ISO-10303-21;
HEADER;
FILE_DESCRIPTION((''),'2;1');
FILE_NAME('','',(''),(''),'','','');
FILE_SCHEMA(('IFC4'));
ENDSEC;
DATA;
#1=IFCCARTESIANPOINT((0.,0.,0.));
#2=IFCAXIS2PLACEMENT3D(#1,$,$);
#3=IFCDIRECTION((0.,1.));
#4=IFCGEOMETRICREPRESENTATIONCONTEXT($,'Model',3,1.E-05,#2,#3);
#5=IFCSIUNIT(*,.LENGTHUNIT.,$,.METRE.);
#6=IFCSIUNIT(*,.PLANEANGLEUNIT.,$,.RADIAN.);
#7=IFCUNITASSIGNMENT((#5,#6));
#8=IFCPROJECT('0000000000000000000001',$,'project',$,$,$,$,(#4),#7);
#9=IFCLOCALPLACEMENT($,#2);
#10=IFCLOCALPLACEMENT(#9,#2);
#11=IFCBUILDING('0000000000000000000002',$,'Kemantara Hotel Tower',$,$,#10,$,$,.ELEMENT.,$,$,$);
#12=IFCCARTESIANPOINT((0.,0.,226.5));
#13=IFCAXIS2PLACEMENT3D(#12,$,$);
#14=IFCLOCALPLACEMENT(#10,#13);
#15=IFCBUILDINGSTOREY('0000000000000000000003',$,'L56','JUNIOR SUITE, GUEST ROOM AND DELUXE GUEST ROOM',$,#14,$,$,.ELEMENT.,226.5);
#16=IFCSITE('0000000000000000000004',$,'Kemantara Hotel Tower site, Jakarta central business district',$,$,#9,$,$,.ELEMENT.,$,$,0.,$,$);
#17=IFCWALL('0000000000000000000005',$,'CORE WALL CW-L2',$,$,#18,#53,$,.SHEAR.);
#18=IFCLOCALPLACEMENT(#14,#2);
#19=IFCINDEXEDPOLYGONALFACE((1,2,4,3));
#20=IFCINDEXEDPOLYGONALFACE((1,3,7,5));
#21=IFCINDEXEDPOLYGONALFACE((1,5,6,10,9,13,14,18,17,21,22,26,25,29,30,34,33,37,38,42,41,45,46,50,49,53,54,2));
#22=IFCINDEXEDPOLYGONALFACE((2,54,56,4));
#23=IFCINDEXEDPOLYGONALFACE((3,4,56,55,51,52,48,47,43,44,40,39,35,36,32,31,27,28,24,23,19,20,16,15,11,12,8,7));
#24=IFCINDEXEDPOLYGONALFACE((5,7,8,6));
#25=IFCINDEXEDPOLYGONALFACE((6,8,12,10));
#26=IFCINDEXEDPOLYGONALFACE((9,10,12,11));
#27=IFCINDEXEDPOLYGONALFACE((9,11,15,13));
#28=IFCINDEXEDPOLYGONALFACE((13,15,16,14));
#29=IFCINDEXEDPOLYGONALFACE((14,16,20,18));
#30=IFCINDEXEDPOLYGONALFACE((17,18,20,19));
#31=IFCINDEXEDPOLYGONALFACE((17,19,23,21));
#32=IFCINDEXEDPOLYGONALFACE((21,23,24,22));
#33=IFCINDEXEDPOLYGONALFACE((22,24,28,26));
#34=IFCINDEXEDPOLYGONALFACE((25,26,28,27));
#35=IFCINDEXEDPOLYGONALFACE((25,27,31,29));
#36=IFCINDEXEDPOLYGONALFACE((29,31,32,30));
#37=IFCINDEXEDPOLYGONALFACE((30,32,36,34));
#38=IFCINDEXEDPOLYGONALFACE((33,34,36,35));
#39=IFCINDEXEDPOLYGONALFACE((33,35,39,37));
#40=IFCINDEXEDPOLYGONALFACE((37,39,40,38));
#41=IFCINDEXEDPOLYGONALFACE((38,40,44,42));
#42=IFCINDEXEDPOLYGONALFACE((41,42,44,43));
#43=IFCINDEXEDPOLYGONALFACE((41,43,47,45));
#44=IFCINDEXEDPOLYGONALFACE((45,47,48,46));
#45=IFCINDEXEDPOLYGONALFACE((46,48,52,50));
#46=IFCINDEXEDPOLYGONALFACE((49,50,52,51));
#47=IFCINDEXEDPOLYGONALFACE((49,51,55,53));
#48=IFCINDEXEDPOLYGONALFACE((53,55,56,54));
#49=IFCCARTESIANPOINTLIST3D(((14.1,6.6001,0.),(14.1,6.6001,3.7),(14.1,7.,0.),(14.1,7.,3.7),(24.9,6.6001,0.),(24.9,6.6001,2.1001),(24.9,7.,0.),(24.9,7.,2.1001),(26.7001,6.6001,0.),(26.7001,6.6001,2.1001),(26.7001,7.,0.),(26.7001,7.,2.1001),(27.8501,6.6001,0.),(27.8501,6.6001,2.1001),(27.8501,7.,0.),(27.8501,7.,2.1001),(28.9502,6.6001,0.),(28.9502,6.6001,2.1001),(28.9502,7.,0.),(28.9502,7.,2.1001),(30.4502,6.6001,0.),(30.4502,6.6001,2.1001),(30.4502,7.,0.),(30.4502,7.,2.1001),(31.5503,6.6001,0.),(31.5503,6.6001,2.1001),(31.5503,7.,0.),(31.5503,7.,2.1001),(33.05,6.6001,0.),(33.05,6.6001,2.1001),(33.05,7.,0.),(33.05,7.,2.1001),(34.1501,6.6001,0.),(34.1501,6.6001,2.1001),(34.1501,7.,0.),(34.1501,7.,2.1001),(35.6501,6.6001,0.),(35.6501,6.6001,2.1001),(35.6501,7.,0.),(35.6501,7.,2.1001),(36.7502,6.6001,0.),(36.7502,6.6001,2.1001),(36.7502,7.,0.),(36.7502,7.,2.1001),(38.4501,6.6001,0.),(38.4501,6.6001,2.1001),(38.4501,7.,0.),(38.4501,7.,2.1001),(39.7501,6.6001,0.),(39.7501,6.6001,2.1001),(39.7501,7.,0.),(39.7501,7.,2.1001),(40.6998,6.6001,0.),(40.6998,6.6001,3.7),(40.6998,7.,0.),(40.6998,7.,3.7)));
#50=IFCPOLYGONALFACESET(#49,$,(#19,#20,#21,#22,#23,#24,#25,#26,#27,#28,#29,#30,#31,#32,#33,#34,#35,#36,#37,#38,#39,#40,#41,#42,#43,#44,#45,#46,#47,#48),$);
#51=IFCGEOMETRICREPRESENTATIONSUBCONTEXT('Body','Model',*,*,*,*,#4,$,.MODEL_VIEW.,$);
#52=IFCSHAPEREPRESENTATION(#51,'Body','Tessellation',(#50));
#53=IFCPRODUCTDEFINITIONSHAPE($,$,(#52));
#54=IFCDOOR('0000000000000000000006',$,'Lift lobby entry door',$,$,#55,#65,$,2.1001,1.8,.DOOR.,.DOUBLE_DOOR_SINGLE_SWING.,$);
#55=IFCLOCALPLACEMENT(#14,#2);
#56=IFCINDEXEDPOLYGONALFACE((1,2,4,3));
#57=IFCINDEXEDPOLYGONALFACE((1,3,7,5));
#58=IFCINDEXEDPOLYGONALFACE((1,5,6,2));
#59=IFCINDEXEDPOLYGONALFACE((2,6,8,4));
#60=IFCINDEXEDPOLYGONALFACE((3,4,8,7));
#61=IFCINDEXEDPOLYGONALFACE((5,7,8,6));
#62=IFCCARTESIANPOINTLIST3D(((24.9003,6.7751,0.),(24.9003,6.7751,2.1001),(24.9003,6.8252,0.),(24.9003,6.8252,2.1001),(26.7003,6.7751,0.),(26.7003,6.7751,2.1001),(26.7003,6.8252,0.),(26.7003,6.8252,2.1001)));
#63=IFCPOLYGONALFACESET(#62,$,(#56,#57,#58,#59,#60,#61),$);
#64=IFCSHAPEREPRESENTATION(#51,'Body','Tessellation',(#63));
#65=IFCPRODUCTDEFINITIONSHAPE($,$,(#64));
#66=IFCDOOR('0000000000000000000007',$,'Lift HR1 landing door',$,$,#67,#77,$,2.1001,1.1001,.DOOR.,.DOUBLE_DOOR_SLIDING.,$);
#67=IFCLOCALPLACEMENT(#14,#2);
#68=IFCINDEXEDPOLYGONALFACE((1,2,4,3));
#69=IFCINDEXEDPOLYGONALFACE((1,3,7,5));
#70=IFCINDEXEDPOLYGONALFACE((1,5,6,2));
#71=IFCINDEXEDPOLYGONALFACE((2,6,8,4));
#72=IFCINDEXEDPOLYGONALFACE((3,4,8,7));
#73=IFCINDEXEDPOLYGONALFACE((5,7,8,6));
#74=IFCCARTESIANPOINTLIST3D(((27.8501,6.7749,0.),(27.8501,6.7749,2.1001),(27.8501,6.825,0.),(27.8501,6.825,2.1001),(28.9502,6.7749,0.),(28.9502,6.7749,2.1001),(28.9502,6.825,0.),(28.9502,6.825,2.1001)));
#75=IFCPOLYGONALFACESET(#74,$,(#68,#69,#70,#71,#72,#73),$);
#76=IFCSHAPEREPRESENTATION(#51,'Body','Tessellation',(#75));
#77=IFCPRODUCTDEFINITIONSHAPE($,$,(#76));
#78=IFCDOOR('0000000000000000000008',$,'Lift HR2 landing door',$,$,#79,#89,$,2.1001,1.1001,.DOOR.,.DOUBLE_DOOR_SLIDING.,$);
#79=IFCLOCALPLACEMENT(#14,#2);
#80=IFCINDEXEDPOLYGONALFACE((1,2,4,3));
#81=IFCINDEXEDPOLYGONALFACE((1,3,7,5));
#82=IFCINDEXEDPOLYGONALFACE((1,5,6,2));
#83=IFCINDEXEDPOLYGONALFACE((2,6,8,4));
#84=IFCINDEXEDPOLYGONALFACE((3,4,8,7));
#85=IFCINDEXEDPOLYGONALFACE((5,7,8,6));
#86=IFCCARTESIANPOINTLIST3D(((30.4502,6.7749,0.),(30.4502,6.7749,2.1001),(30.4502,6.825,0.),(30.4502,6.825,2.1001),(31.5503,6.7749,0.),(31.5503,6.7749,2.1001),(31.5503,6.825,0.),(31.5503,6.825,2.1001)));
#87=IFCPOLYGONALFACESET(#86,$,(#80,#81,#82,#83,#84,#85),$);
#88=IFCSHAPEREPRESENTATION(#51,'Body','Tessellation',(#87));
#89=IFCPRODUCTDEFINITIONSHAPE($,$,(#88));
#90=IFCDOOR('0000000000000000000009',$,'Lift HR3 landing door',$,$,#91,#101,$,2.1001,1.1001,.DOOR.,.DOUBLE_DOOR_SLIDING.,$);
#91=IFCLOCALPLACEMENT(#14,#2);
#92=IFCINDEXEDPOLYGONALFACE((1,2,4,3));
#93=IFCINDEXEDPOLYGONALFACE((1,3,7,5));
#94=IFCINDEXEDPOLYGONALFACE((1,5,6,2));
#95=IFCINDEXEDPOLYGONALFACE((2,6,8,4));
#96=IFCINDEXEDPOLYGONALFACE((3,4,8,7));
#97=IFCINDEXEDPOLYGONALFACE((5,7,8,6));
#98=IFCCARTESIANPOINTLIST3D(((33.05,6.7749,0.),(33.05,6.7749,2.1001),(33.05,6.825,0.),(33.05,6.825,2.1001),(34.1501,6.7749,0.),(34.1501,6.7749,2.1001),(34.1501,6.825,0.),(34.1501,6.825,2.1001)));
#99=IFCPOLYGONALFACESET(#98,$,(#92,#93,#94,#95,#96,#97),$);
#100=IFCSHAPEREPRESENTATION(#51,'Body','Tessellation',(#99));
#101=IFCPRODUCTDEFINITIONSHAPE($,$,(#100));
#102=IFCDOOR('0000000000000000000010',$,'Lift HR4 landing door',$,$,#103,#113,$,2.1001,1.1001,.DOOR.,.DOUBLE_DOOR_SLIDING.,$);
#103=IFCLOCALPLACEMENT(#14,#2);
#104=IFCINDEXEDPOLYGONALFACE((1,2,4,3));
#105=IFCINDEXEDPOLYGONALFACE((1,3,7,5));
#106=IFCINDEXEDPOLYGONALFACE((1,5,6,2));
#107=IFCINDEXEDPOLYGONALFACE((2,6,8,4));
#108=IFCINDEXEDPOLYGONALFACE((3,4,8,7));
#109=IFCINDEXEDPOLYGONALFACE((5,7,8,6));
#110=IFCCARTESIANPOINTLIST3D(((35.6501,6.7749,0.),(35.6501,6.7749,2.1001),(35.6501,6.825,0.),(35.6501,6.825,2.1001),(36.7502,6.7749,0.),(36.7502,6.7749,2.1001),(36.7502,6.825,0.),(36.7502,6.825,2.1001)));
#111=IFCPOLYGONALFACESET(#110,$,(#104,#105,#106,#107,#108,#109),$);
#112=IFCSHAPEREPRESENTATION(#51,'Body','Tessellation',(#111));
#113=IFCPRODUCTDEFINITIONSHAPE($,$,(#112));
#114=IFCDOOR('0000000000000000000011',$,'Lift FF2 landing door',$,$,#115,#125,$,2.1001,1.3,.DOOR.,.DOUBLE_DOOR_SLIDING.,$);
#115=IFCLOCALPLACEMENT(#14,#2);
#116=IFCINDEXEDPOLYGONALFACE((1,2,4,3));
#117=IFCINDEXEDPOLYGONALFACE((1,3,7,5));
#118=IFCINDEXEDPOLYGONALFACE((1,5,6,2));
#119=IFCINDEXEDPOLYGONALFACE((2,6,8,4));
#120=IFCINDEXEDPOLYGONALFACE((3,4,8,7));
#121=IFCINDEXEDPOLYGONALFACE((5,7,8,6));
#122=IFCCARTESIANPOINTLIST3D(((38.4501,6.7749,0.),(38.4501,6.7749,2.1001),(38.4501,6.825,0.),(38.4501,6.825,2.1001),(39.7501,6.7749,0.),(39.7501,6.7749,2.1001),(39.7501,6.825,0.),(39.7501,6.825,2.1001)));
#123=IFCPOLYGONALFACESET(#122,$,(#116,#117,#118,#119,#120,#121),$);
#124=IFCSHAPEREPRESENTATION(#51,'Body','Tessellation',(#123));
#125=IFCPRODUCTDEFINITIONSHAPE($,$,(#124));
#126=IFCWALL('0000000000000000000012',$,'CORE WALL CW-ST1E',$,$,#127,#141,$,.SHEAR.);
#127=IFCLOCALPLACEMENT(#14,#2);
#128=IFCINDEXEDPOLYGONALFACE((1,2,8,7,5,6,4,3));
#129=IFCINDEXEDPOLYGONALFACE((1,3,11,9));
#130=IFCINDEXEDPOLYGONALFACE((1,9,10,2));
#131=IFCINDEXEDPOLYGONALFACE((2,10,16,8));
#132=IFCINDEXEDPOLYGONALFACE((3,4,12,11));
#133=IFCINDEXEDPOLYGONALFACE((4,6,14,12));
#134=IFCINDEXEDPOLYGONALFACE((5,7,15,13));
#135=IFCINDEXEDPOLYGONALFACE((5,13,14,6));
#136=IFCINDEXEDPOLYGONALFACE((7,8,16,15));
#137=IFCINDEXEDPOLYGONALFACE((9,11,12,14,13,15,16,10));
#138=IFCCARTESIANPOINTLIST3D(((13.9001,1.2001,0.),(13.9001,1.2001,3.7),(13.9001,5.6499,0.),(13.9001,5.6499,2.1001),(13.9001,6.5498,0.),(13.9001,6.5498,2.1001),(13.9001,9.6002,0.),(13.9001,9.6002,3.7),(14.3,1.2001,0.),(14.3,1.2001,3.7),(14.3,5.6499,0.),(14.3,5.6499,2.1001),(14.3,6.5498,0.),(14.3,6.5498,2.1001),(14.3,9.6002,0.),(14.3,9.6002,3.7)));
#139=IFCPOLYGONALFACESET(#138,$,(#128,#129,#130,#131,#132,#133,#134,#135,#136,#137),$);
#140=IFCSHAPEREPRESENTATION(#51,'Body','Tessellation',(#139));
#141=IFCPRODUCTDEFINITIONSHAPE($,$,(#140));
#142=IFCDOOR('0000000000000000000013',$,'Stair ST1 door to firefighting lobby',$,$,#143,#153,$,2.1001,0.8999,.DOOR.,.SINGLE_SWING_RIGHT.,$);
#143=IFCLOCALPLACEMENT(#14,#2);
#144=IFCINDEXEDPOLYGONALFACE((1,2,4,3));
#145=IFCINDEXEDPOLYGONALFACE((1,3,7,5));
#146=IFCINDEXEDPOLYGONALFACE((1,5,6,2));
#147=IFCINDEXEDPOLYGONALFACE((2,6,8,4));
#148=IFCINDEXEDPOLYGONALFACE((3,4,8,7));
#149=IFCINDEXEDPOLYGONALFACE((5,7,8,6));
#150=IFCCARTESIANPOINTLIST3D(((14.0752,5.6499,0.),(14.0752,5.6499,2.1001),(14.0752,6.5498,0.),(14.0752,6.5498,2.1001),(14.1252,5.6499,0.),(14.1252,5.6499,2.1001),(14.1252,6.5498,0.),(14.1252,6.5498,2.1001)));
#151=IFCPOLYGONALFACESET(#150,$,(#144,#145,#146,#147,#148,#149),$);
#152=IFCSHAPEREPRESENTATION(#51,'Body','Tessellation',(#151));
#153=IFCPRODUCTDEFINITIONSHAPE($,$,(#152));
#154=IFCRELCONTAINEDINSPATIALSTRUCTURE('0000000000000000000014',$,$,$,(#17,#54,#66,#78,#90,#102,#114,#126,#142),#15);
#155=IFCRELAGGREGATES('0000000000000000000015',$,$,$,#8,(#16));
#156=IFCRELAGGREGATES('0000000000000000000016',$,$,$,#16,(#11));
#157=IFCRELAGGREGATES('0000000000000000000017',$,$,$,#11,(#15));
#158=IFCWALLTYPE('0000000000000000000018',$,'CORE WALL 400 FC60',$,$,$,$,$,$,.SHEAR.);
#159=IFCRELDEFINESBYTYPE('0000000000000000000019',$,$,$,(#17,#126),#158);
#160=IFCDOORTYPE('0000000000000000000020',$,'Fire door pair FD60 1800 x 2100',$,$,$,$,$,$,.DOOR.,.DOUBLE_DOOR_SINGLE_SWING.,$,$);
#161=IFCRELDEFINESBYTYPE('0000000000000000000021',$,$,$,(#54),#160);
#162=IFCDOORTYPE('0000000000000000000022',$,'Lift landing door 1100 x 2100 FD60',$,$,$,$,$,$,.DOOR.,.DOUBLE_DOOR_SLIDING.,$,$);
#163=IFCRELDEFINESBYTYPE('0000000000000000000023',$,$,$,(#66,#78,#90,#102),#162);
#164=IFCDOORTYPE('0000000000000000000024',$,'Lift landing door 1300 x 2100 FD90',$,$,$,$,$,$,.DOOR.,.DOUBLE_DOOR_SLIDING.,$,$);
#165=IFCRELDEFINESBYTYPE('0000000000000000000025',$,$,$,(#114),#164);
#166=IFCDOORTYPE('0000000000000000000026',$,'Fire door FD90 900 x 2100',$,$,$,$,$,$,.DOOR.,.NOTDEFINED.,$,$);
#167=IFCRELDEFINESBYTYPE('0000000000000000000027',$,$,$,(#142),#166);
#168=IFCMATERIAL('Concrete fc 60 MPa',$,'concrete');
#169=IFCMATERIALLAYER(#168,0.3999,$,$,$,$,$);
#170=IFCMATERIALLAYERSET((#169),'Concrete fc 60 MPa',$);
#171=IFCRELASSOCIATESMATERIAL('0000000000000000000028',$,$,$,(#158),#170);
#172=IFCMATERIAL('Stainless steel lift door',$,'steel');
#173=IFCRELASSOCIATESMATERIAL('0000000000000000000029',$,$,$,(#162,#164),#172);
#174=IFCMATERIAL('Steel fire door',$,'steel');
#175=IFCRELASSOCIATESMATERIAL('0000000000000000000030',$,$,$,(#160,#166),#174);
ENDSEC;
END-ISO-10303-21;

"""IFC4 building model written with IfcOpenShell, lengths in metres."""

from ifc_helpers import new_model, si_unit, direction, frame, frame_2d, origin, place, context, subcontext, project, spatial, rectangle, extrude, material, layer, layer_set, type_object, element, fill, save


model = new_model("IFC4")

# Units and contexts
model_context = context("Model", 3, precision=1e-05, world=origin(), true_north=direction((0.0, 1.0)))
body_context = subcontext(model_context, "Body", "Model", "MODEL_VIEW")
ifc_project = project(units=[si_unit("LENGTHUNIT", "METRE"), si_unit("PLANEANGLEUNIT", "RADIAN")], contexts=[model_context])

# Site, building, storey
site_placement = place(None, origin())
site = spatial("IfcSite", under=ifc_project, at=site_placement, Name="Kemantara Hotel Tower site, Jakarta central business district", CompositionType="ELEMENT", RefElevation=0.0)
building_placement = place(site_placement, origin())
building = spatial("IfcBuilding", under=site, at=building_placement, Name="Kemantara Hotel Tower", CompositionType="ELEMENT")
storey_placement = place(building_placement, frame((0.0, 0.0, 226.5)))
storey = spatial("IfcBuildingStorey", under=building, at=storey_placement, Name="L56", Description="JUNIOR SUITE, GUEST ROOM AND DELUXE GUEST ROOM", CompositionType="ELEMENT", Elevation=226.5)

# Shared definitions
ifc_material_1 = material(Name="Concrete fc 60 MPa", Category="concrete")

# Wall, openings, doors
ifc_layer_1 = layer(ifc_material_1, 0.3999)
ifc_layer_set_1 = layer_set([ifc_layer_1], Name="Concrete fc 60 MPa")
wall_type_1 = type_object("IfcWallType", Name="CORE WALL 400 FC60", PredefinedType="SHEAR", material=ifc_layer_set_1)
ifc_material_2 = material(Name="Steel fire door", Category="steel")
ifc_material_3 = material(Name="Stainless steel lift door", Category="steel")
door_type_1 = type_object("IfcDoorType", Name="Lift landing door 1100 x 2100 FD60", OperationType="DOUBLE_DOOR_SLIDING", PredefinedType="DOOR", material=ifc_material_3)
door_type_2 = type_object("IfcDoorType", Name="Lift landing door 1300 x 2100 FD90", OperationType="DOUBLE_DOOR_SLIDING", PredefinedType="DOOR", material=ifc_material_3)
wall_1_placement = place(storey_placement, frame((14.1001, 6.8, 0.0), z_axis=(0.0, 0.0, 1.0), x_axis=(1.0, 0.0, 0.0)))
wall_1 = element("IfcWall", 1, at=wall_1_placement, inside=storey, type_object=wall_type_1, Name="CORE WALL CW-L2", PredefinedType="SHEAR", context=body_context, shape_type="SweptSolid", body=[
    extrude(rectangle(XDim=26.5999, YDim=0.3999, at=frame_2d((13.2998, 0.0))), origin(), (0.0, 0.0, 1.0), 3.7),
])
opening_1_placement = place(wall_1_placement, frame((10.8, 0.0, 0.0)))
opening_1 = element("IfcOpeningElement", 2, at=opening_1_placement, cuts=wall_1, PredefinedType="OPENING", context=body_context, shape_type="SweptSolid", body=[
    extrude(rectangle(XDim=1.8, YDim=2.1001, at=frame_2d((0.8999, 1.05))), frame((0.0, 0.21, 0.0), z_axis=(0.0, -1.0, 0.0), x_axis=(1.0, 0.0, 0.0)), (0.0, 0.0, 1.0), 0.4199),
])
opening_2_placement = place(wall_1_placement, frame((13.75, 0.0, 0.0)))
opening_2 = element("IfcOpeningElement", 3, at=opening_2_placement, cuts=wall_1, PredefinedType="OPENING", context=body_context, shape_type="SweptSolid", body=[
    extrude(rectangle(XDim=1.1001, YDim=2.1001, at=frame_2d((0.55, 1.05))), frame((0.0, 0.21, 0.0), z_axis=(0.0, -1.0, 0.0), x_axis=(1.0, 0.0, 0.0)), (0.0, 0.0, 1.0), 0.4199),
])
opening_3_placement = place(wall_1_placement, frame((16.3501, 0.0, 0.0)))
opening_3 = element("IfcOpeningElement", 4, at=opening_3_placement, cuts=wall_1, PredefinedType="OPENING", context=body_context, shape_type="SweptSolid", body=[
    extrude(rectangle(XDim=1.1001, YDim=2.1001, at=frame_2d((0.55, 1.05))), frame((0.0, 0.21, 0.0), z_axis=(0.0, -1.0, 0.0), x_axis=(1.0, 0.0, 0.0)), (0.0, 0.0, 1.0), 0.4199),
])
opening_4_placement = place(wall_1_placement, frame((18.95, 0.0, 0.0)))
opening_4 = element("IfcOpeningElement", 5, at=opening_4_placement, cuts=wall_1, PredefinedType="OPENING", context=body_context, shape_type="SweptSolid", body=[
    extrude(rectangle(XDim=1.1001, YDim=2.1001, at=frame_2d((0.55, 1.05))), frame((0.0, 0.21, 0.0), z_axis=(0.0, -1.0, 0.0), x_axis=(1.0, 0.0, 0.0)), (0.0, 0.0, 1.0), 0.4199),
])
opening_5_placement = place(wall_1_placement, frame((21.55, 0.0, 0.0)))
opening_5 = element("IfcOpeningElement", 6, at=opening_5_placement, cuts=wall_1, PredefinedType="OPENING", context=body_context, shape_type="SweptSolid", body=[
    extrude(rectangle(XDim=1.1001, YDim=2.1001, at=frame_2d((0.55, 1.05))), frame((0.0, 0.21, 0.0), z_axis=(0.0, -1.0, 0.0), x_axis=(1.0, 0.0, 0.0)), (0.0, 0.0, 1.0), 0.4199),
])
opening_6_placement = place(wall_1_placement, frame((24.3501, 0.0, 0.0)))
opening_6 = element("IfcOpeningElement", 7, at=opening_6_placement, cuts=wall_1, PredefinedType="OPENING", context=body_context, shape_type="SweptSolid", body=[
    extrude(rectangle(XDim=1.3, YDim=2.1001, at=frame_2d((0.6499, 1.05))), frame((0.0, 0.21, 0.0), z_axis=(0.0, -1.0, 0.0), x_axis=(1.0, 0.0, 0.0)), (0.0, 0.0, 1.0), 0.4199),
])
door_type_3 = type_object("IfcDoorType", Name="Fire door pair FD60 1800 x 2100", OperationType="DOUBLE_DOOR_SINGLE_SWING", PredefinedType="DOOR", material=ifc_material_2)
door_1_placement = place(opening_1_placement, frame((1.8, 0.0, 0.0), z_axis=(0.0, 0.0, 1.0), x_axis=(-1.0, 0.0, 0.0)))
door_1 = element("IfcDoor", 8, at=door_1_placement, inside=storey, type_object=door_type_3, Name="Lift lobby entry door", OperationType="DOUBLE_DOOR_SINGLE_SWING", OverallHeight=2.1001, OverallWidth=1.8, PredefinedType="DOOR", context=body_context, shape_type="SweptSolid", body=[
    extrude(rectangle(XDim=1.8, YDim=2.1001, at=frame_2d((0.8999, 1.05))), frame((0.0, 0.0249, 0.0), z_axis=(0.0, -1.0, 0.0), x_axis=(1.0, 0.0, 0.0)), (0.0, 0.0, 1.0), 0.05),
])
fill(opening_1, door_1)
door_2_placement = place(opening_2_placement, origin())
door_2 = element("IfcDoor", 9, at=door_2_placement, inside=storey, type_object=door_type_1, Name="Lift HR1 landing door", OperationType="DOUBLE_DOOR_SLIDING", OverallHeight=2.1001, OverallWidth=1.1001, PredefinedType="DOOR", context=body_context, shape_type="SweptSolid", body=[
    extrude(rectangle(XDim=1.1001, YDim=2.1001, at=frame_2d((0.55, 1.05))), frame((0.0, 0.0249, 0.0), z_axis=(0.0, -1.0, 0.0), x_axis=(1.0, 0.0, 0.0)), (0.0, 0.0, 1.0), 0.05),
])
fill(opening_2, door_2)
door_3_placement = place(opening_3_placement, origin())
door_3 = element("IfcDoor", 10, at=door_3_placement, inside=storey, type_object=door_type_1, Name="Lift HR2 landing door", OperationType="DOUBLE_DOOR_SLIDING", OverallHeight=2.1001, OverallWidth=1.1001, PredefinedType="DOOR", context=body_context, shape_type="SweptSolid", body=[
    extrude(rectangle(XDim=1.1001, YDim=2.1001, at=frame_2d((0.55, 1.05))), frame((0.0, 0.0249, 0.0), z_axis=(0.0, -1.0, 0.0), x_axis=(1.0, 0.0, 0.0)), (0.0, 0.0, 1.0), 0.05),
])
fill(opening_3, door_3)
door_4_placement = place(opening_4_placement, origin())
door_4 = element("IfcDoor", 11, at=door_4_placement, inside=storey, type_object=door_type_1, Name="Lift HR3 landing door", OperationType="DOUBLE_DOOR_SLIDING", OverallHeight=2.1001, OverallWidth=1.1001, PredefinedType="DOOR", context=body_context, shape_type="SweptSolid", body=[
    extrude(rectangle(XDim=1.1001, YDim=2.1001, at=frame_2d((0.55, 1.05))), frame((0.0, 0.0249, 0.0), z_axis=(0.0, -1.0, 0.0), x_axis=(1.0, 0.0, 0.0)), (0.0, 0.0, 1.0), 0.05),
])
fill(opening_4, door_4)
door_5_placement = place(opening_5_placement, origin())
door_5 = element("IfcDoor", 12, at=door_5_placement, inside=storey, type_object=door_type_1, Name="Lift HR4 landing door", OperationType="DOUBLE_DOOR_SLIDING", OverallHeight=2.1001, OverallWidth=1.1001, PredefinedType="DOOR", context=body_context, shape_type="SweptSolid", body=[
    extrude(rectangle(XDim=1.1001, YDim=2.1001, at=frame_2d((0.55, 1.05))), frame((0.0, 0.0249, 0.0), z_axis=(0.0, -1.0, 0.0), x_axis=(1.0, 0.0, 0.0)), (0.0, 0.0, 1.0), 0.05),
])
fill(opening_5, door_5)
door_6_placement = place(opening_6_placement, origin())
door_6 = element("IfcDoor", 13, at=door_6_placement, inside=storey, type_object=door_type_2, Name="Lift FF2 landing door", OperationType="DOUBLE_DOOR_SLIDING", OverallHeight=2.1001, OverallWidth=1.3, PredefinedType="DOOR", context=body_context, shape_type="SweptSolid", body=[
    extrude(rectangle(XDim=1.3, YDim=2.1001, at=frame_2d((0.6499, 1.05))), frame((0.0, 0.0249, 0.0), z_axis=(0.0, -1.0, 0.0), x_axis=(1.0, 0.0, 0.0)), (0.0, 0.0, 1.0), 0.05),
])
fill(opening_6, door_6)

# Wall, opening, door
wall_2_placement = place(storey_placement, frame((14.1001, 1.2, 0.0), z_axis=(0.0, 0.0, 1.0), x_axis=(0.0, 1.0, 0.0)))
wall_2 = element("IfcWall", 14, at=wall_2_placement, inside=storey, type_object=wall_type_1, Name="CORE WALL CW-ST1E", PredefinedType="SHEAR", context=body_context, shape_type="SweptSolid", body=[
    extrude(rectangle(XDim=8.4001, YDim=0.3999, at=frame_2d((4.2002, 0.0))), origin(), (0.0, 0.0, 1.0), 3.7),
])
opening_7_placement = place(wall_2_placement, frame((4.45, 0.0, 0.0)))
opening_7 = element("IfcOpeningElement", 15, at=opening_7_placement, cuts=wall_2, PredefinedType="OPENING", context=body_context, shape_type="SweptSolid", body=[
    extrude(rectangle(XDim=0.8999, YDim=2.1001, at=frame_2d((0.45, 1.05))), frame((0.0, 0.21, 0.0), z_axis=(0.0, -1.0, 0.0), x_axis=(1.0, 0.0, 0.0)), (0.0, 0.0, 1.0), 0.4199),
])
door_type_4 = type_object("IfcDoorType", Name="Fire door FD90 900 x 2100", OperationType="NOTDEFINED", PredefinedType="DOOR", material=ifc_material_2)
door_7_placement = place(opening_7_placement, origin())
door_7 = element("IfcDoor", 16, at=door_7_placement, inside=storey, type_object=door_type_4, Name="Stair ST1 door to firefighting lobby", OperationType="SINGLE_SWING_RIGHT", OverallHeight=2.1001, OverallWidth=0.8999, PredefinedType="DOOR", context=body_context, shape_type="SweptSolid", body=[
    extrude(rectangle(XDim=0.8999, YDim=2.1001, at=frame_2d((0.45, 1.05))), frame((0.0, 0.0249, 0.0), z_axis=(0.0, -1.0, 0.0), x_axis=(1.0, 0.0, 0.0)), (0.0, 0.0, 1.0), 0.05),
])
fill(opening_7, door_7)

save(model, "model.ifc")
